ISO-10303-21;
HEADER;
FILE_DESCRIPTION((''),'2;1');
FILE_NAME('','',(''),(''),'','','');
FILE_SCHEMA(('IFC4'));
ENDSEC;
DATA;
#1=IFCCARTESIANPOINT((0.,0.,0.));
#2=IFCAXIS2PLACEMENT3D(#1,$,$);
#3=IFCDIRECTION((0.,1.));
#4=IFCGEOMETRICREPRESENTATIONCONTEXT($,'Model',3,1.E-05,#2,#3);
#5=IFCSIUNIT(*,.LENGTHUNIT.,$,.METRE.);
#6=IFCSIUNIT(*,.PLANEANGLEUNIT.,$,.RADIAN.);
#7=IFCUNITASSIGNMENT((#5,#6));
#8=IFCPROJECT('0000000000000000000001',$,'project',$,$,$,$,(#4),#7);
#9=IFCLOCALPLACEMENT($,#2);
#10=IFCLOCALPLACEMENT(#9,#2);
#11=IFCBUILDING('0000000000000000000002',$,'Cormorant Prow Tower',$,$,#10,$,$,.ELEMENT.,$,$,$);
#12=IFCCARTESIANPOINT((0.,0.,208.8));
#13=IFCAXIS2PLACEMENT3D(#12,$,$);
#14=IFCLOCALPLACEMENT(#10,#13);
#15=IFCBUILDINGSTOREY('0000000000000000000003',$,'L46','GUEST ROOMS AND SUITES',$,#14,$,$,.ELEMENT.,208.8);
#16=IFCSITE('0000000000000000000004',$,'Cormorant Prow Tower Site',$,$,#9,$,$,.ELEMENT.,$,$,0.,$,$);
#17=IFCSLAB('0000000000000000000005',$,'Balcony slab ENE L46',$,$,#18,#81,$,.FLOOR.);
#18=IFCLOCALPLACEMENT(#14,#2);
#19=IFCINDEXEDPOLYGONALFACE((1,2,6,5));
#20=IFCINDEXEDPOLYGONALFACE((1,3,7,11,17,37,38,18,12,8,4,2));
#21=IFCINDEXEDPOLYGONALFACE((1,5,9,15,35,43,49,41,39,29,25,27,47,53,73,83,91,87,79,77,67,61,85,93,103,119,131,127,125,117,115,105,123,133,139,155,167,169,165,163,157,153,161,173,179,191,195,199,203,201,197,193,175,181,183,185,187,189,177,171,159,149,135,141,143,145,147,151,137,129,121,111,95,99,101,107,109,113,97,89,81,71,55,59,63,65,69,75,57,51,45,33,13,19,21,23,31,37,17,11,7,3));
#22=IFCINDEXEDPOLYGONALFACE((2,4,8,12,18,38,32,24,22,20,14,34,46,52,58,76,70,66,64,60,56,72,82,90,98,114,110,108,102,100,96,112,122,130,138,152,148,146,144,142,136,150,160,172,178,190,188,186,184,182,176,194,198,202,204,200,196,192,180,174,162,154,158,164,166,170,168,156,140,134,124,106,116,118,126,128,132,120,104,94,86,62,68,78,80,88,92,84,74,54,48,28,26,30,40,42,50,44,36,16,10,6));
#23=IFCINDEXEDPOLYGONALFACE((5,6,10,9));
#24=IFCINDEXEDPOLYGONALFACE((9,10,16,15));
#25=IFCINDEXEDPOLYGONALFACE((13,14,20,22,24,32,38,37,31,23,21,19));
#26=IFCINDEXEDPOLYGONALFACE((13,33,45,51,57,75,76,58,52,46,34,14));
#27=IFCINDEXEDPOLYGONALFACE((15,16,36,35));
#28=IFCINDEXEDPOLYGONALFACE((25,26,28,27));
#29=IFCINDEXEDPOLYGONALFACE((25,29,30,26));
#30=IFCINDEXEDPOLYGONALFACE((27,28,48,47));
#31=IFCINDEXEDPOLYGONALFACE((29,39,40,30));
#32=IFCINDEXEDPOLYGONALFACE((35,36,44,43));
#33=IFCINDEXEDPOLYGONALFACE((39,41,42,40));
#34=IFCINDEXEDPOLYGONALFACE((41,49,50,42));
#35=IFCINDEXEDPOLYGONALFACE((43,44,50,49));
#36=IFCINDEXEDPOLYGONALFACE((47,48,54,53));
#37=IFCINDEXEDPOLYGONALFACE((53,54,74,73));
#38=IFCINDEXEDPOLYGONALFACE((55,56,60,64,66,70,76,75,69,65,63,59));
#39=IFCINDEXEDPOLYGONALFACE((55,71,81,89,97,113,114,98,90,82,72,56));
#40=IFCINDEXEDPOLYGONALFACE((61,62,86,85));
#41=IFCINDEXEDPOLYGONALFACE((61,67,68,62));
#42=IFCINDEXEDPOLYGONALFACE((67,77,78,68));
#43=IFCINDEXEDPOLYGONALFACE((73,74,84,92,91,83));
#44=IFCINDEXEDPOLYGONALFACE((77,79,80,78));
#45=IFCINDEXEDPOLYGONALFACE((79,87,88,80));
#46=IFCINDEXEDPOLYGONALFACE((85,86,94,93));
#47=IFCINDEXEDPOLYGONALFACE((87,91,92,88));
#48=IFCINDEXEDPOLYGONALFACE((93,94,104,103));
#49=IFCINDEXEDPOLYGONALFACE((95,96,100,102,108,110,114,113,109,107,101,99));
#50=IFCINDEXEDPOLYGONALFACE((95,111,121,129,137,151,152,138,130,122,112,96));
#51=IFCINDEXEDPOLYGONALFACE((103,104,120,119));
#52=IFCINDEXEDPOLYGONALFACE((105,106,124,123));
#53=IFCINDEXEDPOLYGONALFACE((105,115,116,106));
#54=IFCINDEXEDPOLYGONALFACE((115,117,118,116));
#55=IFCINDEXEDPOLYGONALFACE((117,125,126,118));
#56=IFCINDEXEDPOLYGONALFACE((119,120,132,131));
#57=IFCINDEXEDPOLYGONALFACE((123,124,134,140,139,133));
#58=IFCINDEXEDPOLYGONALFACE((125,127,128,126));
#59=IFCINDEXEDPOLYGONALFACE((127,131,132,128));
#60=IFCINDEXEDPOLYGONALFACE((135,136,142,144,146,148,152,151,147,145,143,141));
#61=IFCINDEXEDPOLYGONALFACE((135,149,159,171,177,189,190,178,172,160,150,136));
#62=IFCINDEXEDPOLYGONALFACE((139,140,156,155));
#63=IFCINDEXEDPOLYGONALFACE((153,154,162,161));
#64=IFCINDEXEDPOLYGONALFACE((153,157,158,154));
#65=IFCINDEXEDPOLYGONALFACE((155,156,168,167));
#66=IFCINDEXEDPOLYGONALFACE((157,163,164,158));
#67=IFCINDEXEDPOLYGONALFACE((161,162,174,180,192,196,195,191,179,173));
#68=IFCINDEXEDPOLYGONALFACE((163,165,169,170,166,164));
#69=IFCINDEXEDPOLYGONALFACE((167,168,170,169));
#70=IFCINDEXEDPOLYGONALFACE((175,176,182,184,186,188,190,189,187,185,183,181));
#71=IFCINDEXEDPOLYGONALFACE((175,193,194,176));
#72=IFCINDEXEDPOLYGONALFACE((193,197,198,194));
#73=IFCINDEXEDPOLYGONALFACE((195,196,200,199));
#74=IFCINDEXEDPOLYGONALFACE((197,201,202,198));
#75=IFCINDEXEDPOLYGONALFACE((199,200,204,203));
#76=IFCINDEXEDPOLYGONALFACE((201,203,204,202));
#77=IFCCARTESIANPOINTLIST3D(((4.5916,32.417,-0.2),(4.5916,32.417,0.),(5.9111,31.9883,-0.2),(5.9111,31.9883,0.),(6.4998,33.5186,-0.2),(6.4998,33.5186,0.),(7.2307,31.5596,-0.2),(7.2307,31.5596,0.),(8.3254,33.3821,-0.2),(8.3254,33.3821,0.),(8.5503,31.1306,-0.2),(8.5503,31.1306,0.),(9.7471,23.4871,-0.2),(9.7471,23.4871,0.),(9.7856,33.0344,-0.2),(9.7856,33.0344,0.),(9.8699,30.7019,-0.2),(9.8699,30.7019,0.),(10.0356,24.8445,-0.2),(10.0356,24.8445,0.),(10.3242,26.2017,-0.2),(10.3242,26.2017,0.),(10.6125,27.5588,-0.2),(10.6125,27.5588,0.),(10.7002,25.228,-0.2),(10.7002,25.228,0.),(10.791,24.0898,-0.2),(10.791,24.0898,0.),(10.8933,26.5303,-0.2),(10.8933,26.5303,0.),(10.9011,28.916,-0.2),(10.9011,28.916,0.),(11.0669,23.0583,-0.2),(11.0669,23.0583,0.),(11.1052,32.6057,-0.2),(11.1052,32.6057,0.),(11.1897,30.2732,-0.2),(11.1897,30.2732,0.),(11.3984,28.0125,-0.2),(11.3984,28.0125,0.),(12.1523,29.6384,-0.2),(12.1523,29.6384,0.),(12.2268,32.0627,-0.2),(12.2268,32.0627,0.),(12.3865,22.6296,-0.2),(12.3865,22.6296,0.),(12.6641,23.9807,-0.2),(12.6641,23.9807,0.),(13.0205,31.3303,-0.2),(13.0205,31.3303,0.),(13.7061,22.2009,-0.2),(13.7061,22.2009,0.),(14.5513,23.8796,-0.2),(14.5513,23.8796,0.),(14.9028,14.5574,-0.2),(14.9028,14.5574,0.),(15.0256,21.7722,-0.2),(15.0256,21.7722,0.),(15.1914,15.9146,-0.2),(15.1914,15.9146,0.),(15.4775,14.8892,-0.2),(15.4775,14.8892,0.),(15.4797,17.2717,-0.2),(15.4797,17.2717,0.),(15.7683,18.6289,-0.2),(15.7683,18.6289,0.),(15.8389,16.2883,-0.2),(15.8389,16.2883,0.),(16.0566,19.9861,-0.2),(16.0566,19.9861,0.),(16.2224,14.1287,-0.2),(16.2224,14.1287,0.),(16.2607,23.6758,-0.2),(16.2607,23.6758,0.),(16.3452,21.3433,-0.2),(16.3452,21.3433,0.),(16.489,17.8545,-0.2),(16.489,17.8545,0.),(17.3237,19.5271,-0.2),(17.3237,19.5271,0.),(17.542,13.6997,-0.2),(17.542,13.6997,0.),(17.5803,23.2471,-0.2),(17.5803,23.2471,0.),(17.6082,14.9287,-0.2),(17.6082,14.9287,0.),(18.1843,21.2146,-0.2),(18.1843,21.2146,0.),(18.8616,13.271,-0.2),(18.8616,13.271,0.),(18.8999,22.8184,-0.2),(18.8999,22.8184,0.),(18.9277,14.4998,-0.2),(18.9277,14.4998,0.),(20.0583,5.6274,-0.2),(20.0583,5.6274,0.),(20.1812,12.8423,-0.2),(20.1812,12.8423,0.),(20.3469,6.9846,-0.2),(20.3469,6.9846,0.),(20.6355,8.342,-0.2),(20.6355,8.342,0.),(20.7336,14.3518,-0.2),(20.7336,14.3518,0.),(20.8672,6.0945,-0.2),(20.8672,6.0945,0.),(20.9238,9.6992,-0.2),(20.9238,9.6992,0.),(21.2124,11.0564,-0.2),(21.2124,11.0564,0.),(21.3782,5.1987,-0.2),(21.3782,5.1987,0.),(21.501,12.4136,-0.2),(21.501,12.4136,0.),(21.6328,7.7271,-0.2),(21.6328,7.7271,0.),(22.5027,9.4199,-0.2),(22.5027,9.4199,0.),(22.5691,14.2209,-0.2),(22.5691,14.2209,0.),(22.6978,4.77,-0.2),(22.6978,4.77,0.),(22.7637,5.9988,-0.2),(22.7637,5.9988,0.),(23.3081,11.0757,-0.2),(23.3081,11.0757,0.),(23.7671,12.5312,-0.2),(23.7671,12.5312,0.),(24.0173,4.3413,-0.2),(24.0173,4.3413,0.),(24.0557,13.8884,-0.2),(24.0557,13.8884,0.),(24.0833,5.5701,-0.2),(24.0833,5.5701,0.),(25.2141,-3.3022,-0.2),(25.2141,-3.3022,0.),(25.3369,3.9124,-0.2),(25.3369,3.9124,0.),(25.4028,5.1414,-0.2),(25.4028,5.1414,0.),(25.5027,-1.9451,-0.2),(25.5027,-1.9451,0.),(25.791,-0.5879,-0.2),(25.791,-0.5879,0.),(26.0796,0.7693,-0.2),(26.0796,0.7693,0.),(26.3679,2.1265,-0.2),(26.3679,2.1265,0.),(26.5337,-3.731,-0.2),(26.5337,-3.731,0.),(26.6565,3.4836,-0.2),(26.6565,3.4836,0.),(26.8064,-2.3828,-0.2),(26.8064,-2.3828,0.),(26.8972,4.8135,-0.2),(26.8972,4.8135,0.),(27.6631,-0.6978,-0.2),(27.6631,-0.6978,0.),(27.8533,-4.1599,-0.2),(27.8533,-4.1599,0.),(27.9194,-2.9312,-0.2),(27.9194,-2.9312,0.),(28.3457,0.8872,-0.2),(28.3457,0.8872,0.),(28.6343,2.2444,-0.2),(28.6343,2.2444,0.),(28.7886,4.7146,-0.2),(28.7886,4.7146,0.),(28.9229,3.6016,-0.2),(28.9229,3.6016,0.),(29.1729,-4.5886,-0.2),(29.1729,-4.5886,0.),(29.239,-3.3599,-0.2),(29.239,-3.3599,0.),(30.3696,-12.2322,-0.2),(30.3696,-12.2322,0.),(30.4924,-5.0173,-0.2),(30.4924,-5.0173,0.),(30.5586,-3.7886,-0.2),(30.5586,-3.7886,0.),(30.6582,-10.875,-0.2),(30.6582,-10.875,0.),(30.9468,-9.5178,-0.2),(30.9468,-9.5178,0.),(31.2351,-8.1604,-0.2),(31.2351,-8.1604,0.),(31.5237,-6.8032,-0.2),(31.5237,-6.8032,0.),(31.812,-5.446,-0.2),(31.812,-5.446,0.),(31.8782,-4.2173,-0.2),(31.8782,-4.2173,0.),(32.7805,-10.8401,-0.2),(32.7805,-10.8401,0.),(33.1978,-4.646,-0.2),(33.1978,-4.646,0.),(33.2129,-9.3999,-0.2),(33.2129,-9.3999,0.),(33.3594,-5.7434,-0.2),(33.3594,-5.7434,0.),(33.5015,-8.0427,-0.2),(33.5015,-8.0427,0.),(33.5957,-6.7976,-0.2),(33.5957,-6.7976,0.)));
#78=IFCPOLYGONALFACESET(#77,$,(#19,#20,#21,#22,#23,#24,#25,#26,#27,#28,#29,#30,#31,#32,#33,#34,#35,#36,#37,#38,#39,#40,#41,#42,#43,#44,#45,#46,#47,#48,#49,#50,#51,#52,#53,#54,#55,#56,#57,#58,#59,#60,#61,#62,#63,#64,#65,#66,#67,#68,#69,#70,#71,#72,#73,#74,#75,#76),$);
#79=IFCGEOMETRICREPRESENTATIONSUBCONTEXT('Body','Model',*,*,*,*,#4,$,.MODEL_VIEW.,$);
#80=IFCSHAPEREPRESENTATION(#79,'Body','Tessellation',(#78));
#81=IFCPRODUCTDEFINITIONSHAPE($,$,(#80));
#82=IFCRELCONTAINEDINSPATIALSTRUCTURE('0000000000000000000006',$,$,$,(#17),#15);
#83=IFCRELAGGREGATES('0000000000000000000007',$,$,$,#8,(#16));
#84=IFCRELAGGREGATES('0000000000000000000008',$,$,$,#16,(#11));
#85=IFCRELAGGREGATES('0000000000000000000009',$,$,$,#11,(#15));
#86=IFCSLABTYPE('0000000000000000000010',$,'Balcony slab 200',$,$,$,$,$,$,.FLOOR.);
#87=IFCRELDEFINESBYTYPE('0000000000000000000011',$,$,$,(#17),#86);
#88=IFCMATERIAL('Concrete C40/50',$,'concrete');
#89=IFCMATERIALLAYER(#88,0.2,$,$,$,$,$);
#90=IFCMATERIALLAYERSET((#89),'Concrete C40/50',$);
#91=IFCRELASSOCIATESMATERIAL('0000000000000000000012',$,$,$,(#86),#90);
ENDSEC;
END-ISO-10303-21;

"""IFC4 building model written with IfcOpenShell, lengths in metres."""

from ifc_helpers import new_model, si_unit, direction, frame, origin, place, context, subcontext, project, spatial, polyline, outline, extrude, material, layer, layer_set, type_object, element, save


model = new_model("IFC4")

# Units and contexts
model_context = context("Model", 3, precision=1e-05, world=origin(), true_north=direction((0.0, 1.0)))
body_context = subcontext(model_context, "Body", "Model", "MODEL_VIEW")
ifc_project = project(units=[si_unit("LENGTHUNIT", "METRE"), si_unit("PLANEANGLEUNIT", "RADIAN")], contexts=[model_context])

# Site, building, storey
site_placement = place(None, origin())
site = spatial("IfcSite", under=ifc_project, at=site_placement, Name="Cormorant Prow Tower Site", CompositionType="ELEMENT", RefElevation=0.0)
building_placement = place(site_placement, origin())
building = spatial("IfcBuilding", under=site, at=building_placement, Name="Cormorant Prow Tower", CompositionType="ELEMENT")
storey_placement = place(building_placement, frame((0.0, 0.0, 208.8)))
storey = spatial("IfcBuildingStorey", under=building, at=storey_placement, Name="L46", Description="GUEST ROOMS AND SUITES", CompositionType="ELEMENT", Elevation=208.8)

# Slab
ifc_material_1 = material(Name="Concrete C40/50", Category="concrete")
ifc_layer_1 = layer(ifc_material_1, 0.2)
ifc_layer_set_1 = layer_set([ifc_layer_1], Name="Concrete C40/50")
slab_type_1 = type_object("IfcSlabType", Name="Balcony slab 200", PredefinedType="FLOOR", material=ifc_layer_set_1)
slab_1_placement = place(storey_placement, frame((0.0, 0.0, -0.2)))
element("IfcSlab", 1, at=slab_1_placement, inside=storey, type_object=slab_type_1, Name="Balcony slab ENE L46", PredefinedType="FLOOR", context=body_context, shape_type="SweptSolid", body=[
    extrude(outline(polyline([(30.3696, -12.2322), (32.7805, -10.8401), (33.2129, -9.3999), (33.5015, -8.0427), (33.5957, -6.7976), (33.3594, -5.7434), (33.1978, -4.646), (31.8782, -4.2173), (30.5586, -3.7886), (29.239, -3.3599), (27.9194, -2.9312), (26.8064, -2.3828), (27.6631, -0.6978), (28.3457, 0.8872), (28.6343, 2.2444), (28.9229, 3.6016), (28.7886, 4.7146), (26.8972, 4.8135), (25.4028, 5.1414), (24.0833, 5.5701), (22.7637, 5.9988), (20.8672, 6.0945), (21.6328, 7.7271), (22.5027, 9.4199), (23.3081, 11.0757), (23.7671, 12.5312), (24.0557, 13.8884), (22.5691, 14.2209), (20.7336, 14.3518), (18.9277, 14.4998), (17.6082, 14.9287), (15.4775, 14.8892), (15.8389, 16.2883), (16.489, 17.8545), (17.3237, 19.5271), (18.1843, 21.2146), (18.8999, 22.8184), (17.5803, 23.2471), (16.2607, 23.6758), (14.5513, 23.8796), (12.6641, 23.9807), (10.791, 24.0898), (10.7002, 25.228), (10.8933, 26.5303), (11.3984, 28.0125), (12.1523, 29.6384), (13.0205, 31.3303), (12.2268, 32.0627), (11.1052, 32.6057), (9.7856, 33.0344), (8.3254, 33.3821), (6.4998, 33.5186), (4.5916, 32.417), (5.9111, 31.9883), (7.2307, 31.5596), (8.5503, 31.1306), (9.8699, 30.7019), (11.1897, 30.2732), (10.9011, 28.916), (10.6125, 27.5588), (10.3242, 26.2017), (10.0356, 24.8445), (9.7471, 23.4871), (11.0669, 23.0583), (12.3865, 22.6296), (13.7061, 22.2009), (15.0256, 21.7722), (16.3452, 21.3433), (16.0566, 19.9861), (15.7683, 18.6289), (15.4797, 17.2717), (15.1914, 15.9146), (14.9028, 14.5574), (16.2224, 14.1287), (17.542, 13.6997), (18.8616, 13.271), (20.1812, 12.8423), (21.501, 12.4136), (21.2124, 11.0564), (20.9238, 9.6992), (20.6355, 8.342), (20.3469, 6.9846), (20.0583, 5.6274), (21.3782, 5.1987), (22.6978, 4.77), (24.0173, 4.3413), (25.3369, 3.9124), (26.6565, 3.4836), (26.3679, 2.1265), (26.0796, 0.7693), (25.791, -0.5879), (25.5027, -1.9451), (25.2141, -3.3022), (26.5337, -3.731), (27.8533, -4.1599), (29.1729, -4.5886), (30.4924, -5.0173), (31.812, -5.446), (31.5237, -6.8032), (31.2351, -8.1604), (30.9468, -9.5178), (30.6582, -10.875), (30.3696, -12.2322)])), origin(), (0.0, 0.0, 1.0), 0.2),
])

save(model, "model.ifc")
